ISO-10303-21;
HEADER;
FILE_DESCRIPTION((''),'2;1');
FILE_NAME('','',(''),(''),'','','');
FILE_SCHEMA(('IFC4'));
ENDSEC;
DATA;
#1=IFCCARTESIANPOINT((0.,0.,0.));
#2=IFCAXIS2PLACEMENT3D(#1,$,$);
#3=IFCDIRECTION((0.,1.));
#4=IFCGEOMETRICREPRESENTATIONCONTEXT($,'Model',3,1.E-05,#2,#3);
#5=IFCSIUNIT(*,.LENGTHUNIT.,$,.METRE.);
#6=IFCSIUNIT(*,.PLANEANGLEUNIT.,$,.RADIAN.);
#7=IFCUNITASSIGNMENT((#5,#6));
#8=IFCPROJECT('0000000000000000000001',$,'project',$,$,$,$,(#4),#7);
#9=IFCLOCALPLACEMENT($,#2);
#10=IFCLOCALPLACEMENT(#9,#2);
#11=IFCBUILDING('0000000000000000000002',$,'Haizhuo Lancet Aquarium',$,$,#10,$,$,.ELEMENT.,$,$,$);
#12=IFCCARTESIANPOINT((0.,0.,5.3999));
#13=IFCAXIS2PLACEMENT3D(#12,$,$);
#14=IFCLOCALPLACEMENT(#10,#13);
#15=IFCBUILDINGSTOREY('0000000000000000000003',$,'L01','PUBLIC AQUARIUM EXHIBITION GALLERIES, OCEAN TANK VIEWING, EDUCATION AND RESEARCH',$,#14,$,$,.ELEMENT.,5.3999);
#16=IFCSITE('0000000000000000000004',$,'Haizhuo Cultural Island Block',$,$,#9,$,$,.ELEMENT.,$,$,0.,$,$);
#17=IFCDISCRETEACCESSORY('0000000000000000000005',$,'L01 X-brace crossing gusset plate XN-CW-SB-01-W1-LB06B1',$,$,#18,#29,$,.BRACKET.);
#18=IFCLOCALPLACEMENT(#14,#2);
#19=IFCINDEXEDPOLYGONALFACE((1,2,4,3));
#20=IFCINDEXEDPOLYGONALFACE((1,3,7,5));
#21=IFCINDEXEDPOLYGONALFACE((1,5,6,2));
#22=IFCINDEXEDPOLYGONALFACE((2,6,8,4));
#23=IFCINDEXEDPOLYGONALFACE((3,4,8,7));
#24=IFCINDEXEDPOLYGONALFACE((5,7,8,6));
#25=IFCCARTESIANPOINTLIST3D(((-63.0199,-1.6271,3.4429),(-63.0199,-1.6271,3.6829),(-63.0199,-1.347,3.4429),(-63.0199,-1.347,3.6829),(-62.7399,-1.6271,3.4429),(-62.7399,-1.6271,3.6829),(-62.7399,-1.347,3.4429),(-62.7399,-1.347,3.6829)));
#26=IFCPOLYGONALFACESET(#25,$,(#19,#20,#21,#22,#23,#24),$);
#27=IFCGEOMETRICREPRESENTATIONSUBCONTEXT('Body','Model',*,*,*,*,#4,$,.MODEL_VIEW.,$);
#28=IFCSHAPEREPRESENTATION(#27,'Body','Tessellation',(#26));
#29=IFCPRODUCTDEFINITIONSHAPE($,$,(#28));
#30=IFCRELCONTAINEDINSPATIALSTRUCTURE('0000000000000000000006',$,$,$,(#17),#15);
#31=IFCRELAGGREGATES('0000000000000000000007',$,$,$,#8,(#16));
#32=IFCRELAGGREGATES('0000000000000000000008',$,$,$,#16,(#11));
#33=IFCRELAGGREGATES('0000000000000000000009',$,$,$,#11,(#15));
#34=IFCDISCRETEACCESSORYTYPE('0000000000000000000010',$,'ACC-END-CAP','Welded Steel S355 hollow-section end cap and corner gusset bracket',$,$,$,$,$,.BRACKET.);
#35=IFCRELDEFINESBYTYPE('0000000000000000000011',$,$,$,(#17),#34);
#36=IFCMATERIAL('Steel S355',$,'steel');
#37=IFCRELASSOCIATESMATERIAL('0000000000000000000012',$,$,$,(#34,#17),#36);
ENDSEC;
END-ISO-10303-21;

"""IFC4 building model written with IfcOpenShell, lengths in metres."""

from ifc_helpers import new_model, si_unit, direction, frame, origin, origin_2d, place, context, subcontext, project, spatial, rectangle, extrude, material, type_object, element, save


model = new_model("IFC4")

# Units and contexts
model_context = context("Model", 3, precision=1e-05, world=origin(), true_north=direction((0.0, 1.0)))
body_context = subcontext(model_context, "Body", "Model", "MODEL_VIEW")
ifc_project = project(units=[si_unit("LENGTHUNIT", "METRE"), si_unit("PLANEANGLEUNIT", "RADIAN")], contexts=[model_context])

# Site, building, storey
site_placement = place(None, origin())
site = spatial("IfcSite", under=ifc_project, at=site_placement, Name="Haizhuo Cultural Island Block", CompositionType="ELEMENT", RefElevation=0.0)
building_placement = place(site_placement, origin())
building = spatial("IfcBuilding", under=site, at=building_placement, Name="Haizhuo Lancet Aquarium", CompositionType="ELEMENT")
storey_placement = place(building_placement, frame((0.0, 0.0, 5.3999)))
storey = spatial("IfcBuildingStorey", under=building, at=storey_placement, Name="L01", Description="PUBLIC AQUARIUM EXHIBITION GALLERIES, OCEAN TANK VIEWING, EDUCATION AND RESEARCH", CompositionType="ELEMENT", Elevation=5.3999)

# Shared definitions
ifc_material_1 = material(Name="Steel S355", Category="steel")

# Discrete accessory
discrete_accessory_type = type_object("IfcDiscreteAccessoryType", Name="ACC-END-CAP", Description="Welded Steel S355 hollow-section end cap and corner gusset bracket", PredefinedType="BRACKET", material=ifc_material_1)
for number, where, z_axis, x_axis, name in (
    (1, (-62.8799, -1.4871, 3.4429), (0.0, 0.0, 1.0), (1.0, 0.0, 0.0), "L01 X-brace crossing gusset plate XN-CW-SB-01-W1-LB06B1"),
):
    element("IfcDiscreteAccessory", number, at=place(storey_placement, frame(where, z_axis=z_axis, x_axis=x_axis)), inside=storey, type_object=discrete_accessory_type, material=ifc_material_1, Name=name, PredefinedType="BRACKET", context=body_context, shape_type="SweptSolid", body=[
        extrude(rectangle(XDim=0.28, YDim=0.28, at=origin_2d()), origin(), (0.0, 0.0, 1.0), 0.24),
    ])

save(model, "model.ifc")
